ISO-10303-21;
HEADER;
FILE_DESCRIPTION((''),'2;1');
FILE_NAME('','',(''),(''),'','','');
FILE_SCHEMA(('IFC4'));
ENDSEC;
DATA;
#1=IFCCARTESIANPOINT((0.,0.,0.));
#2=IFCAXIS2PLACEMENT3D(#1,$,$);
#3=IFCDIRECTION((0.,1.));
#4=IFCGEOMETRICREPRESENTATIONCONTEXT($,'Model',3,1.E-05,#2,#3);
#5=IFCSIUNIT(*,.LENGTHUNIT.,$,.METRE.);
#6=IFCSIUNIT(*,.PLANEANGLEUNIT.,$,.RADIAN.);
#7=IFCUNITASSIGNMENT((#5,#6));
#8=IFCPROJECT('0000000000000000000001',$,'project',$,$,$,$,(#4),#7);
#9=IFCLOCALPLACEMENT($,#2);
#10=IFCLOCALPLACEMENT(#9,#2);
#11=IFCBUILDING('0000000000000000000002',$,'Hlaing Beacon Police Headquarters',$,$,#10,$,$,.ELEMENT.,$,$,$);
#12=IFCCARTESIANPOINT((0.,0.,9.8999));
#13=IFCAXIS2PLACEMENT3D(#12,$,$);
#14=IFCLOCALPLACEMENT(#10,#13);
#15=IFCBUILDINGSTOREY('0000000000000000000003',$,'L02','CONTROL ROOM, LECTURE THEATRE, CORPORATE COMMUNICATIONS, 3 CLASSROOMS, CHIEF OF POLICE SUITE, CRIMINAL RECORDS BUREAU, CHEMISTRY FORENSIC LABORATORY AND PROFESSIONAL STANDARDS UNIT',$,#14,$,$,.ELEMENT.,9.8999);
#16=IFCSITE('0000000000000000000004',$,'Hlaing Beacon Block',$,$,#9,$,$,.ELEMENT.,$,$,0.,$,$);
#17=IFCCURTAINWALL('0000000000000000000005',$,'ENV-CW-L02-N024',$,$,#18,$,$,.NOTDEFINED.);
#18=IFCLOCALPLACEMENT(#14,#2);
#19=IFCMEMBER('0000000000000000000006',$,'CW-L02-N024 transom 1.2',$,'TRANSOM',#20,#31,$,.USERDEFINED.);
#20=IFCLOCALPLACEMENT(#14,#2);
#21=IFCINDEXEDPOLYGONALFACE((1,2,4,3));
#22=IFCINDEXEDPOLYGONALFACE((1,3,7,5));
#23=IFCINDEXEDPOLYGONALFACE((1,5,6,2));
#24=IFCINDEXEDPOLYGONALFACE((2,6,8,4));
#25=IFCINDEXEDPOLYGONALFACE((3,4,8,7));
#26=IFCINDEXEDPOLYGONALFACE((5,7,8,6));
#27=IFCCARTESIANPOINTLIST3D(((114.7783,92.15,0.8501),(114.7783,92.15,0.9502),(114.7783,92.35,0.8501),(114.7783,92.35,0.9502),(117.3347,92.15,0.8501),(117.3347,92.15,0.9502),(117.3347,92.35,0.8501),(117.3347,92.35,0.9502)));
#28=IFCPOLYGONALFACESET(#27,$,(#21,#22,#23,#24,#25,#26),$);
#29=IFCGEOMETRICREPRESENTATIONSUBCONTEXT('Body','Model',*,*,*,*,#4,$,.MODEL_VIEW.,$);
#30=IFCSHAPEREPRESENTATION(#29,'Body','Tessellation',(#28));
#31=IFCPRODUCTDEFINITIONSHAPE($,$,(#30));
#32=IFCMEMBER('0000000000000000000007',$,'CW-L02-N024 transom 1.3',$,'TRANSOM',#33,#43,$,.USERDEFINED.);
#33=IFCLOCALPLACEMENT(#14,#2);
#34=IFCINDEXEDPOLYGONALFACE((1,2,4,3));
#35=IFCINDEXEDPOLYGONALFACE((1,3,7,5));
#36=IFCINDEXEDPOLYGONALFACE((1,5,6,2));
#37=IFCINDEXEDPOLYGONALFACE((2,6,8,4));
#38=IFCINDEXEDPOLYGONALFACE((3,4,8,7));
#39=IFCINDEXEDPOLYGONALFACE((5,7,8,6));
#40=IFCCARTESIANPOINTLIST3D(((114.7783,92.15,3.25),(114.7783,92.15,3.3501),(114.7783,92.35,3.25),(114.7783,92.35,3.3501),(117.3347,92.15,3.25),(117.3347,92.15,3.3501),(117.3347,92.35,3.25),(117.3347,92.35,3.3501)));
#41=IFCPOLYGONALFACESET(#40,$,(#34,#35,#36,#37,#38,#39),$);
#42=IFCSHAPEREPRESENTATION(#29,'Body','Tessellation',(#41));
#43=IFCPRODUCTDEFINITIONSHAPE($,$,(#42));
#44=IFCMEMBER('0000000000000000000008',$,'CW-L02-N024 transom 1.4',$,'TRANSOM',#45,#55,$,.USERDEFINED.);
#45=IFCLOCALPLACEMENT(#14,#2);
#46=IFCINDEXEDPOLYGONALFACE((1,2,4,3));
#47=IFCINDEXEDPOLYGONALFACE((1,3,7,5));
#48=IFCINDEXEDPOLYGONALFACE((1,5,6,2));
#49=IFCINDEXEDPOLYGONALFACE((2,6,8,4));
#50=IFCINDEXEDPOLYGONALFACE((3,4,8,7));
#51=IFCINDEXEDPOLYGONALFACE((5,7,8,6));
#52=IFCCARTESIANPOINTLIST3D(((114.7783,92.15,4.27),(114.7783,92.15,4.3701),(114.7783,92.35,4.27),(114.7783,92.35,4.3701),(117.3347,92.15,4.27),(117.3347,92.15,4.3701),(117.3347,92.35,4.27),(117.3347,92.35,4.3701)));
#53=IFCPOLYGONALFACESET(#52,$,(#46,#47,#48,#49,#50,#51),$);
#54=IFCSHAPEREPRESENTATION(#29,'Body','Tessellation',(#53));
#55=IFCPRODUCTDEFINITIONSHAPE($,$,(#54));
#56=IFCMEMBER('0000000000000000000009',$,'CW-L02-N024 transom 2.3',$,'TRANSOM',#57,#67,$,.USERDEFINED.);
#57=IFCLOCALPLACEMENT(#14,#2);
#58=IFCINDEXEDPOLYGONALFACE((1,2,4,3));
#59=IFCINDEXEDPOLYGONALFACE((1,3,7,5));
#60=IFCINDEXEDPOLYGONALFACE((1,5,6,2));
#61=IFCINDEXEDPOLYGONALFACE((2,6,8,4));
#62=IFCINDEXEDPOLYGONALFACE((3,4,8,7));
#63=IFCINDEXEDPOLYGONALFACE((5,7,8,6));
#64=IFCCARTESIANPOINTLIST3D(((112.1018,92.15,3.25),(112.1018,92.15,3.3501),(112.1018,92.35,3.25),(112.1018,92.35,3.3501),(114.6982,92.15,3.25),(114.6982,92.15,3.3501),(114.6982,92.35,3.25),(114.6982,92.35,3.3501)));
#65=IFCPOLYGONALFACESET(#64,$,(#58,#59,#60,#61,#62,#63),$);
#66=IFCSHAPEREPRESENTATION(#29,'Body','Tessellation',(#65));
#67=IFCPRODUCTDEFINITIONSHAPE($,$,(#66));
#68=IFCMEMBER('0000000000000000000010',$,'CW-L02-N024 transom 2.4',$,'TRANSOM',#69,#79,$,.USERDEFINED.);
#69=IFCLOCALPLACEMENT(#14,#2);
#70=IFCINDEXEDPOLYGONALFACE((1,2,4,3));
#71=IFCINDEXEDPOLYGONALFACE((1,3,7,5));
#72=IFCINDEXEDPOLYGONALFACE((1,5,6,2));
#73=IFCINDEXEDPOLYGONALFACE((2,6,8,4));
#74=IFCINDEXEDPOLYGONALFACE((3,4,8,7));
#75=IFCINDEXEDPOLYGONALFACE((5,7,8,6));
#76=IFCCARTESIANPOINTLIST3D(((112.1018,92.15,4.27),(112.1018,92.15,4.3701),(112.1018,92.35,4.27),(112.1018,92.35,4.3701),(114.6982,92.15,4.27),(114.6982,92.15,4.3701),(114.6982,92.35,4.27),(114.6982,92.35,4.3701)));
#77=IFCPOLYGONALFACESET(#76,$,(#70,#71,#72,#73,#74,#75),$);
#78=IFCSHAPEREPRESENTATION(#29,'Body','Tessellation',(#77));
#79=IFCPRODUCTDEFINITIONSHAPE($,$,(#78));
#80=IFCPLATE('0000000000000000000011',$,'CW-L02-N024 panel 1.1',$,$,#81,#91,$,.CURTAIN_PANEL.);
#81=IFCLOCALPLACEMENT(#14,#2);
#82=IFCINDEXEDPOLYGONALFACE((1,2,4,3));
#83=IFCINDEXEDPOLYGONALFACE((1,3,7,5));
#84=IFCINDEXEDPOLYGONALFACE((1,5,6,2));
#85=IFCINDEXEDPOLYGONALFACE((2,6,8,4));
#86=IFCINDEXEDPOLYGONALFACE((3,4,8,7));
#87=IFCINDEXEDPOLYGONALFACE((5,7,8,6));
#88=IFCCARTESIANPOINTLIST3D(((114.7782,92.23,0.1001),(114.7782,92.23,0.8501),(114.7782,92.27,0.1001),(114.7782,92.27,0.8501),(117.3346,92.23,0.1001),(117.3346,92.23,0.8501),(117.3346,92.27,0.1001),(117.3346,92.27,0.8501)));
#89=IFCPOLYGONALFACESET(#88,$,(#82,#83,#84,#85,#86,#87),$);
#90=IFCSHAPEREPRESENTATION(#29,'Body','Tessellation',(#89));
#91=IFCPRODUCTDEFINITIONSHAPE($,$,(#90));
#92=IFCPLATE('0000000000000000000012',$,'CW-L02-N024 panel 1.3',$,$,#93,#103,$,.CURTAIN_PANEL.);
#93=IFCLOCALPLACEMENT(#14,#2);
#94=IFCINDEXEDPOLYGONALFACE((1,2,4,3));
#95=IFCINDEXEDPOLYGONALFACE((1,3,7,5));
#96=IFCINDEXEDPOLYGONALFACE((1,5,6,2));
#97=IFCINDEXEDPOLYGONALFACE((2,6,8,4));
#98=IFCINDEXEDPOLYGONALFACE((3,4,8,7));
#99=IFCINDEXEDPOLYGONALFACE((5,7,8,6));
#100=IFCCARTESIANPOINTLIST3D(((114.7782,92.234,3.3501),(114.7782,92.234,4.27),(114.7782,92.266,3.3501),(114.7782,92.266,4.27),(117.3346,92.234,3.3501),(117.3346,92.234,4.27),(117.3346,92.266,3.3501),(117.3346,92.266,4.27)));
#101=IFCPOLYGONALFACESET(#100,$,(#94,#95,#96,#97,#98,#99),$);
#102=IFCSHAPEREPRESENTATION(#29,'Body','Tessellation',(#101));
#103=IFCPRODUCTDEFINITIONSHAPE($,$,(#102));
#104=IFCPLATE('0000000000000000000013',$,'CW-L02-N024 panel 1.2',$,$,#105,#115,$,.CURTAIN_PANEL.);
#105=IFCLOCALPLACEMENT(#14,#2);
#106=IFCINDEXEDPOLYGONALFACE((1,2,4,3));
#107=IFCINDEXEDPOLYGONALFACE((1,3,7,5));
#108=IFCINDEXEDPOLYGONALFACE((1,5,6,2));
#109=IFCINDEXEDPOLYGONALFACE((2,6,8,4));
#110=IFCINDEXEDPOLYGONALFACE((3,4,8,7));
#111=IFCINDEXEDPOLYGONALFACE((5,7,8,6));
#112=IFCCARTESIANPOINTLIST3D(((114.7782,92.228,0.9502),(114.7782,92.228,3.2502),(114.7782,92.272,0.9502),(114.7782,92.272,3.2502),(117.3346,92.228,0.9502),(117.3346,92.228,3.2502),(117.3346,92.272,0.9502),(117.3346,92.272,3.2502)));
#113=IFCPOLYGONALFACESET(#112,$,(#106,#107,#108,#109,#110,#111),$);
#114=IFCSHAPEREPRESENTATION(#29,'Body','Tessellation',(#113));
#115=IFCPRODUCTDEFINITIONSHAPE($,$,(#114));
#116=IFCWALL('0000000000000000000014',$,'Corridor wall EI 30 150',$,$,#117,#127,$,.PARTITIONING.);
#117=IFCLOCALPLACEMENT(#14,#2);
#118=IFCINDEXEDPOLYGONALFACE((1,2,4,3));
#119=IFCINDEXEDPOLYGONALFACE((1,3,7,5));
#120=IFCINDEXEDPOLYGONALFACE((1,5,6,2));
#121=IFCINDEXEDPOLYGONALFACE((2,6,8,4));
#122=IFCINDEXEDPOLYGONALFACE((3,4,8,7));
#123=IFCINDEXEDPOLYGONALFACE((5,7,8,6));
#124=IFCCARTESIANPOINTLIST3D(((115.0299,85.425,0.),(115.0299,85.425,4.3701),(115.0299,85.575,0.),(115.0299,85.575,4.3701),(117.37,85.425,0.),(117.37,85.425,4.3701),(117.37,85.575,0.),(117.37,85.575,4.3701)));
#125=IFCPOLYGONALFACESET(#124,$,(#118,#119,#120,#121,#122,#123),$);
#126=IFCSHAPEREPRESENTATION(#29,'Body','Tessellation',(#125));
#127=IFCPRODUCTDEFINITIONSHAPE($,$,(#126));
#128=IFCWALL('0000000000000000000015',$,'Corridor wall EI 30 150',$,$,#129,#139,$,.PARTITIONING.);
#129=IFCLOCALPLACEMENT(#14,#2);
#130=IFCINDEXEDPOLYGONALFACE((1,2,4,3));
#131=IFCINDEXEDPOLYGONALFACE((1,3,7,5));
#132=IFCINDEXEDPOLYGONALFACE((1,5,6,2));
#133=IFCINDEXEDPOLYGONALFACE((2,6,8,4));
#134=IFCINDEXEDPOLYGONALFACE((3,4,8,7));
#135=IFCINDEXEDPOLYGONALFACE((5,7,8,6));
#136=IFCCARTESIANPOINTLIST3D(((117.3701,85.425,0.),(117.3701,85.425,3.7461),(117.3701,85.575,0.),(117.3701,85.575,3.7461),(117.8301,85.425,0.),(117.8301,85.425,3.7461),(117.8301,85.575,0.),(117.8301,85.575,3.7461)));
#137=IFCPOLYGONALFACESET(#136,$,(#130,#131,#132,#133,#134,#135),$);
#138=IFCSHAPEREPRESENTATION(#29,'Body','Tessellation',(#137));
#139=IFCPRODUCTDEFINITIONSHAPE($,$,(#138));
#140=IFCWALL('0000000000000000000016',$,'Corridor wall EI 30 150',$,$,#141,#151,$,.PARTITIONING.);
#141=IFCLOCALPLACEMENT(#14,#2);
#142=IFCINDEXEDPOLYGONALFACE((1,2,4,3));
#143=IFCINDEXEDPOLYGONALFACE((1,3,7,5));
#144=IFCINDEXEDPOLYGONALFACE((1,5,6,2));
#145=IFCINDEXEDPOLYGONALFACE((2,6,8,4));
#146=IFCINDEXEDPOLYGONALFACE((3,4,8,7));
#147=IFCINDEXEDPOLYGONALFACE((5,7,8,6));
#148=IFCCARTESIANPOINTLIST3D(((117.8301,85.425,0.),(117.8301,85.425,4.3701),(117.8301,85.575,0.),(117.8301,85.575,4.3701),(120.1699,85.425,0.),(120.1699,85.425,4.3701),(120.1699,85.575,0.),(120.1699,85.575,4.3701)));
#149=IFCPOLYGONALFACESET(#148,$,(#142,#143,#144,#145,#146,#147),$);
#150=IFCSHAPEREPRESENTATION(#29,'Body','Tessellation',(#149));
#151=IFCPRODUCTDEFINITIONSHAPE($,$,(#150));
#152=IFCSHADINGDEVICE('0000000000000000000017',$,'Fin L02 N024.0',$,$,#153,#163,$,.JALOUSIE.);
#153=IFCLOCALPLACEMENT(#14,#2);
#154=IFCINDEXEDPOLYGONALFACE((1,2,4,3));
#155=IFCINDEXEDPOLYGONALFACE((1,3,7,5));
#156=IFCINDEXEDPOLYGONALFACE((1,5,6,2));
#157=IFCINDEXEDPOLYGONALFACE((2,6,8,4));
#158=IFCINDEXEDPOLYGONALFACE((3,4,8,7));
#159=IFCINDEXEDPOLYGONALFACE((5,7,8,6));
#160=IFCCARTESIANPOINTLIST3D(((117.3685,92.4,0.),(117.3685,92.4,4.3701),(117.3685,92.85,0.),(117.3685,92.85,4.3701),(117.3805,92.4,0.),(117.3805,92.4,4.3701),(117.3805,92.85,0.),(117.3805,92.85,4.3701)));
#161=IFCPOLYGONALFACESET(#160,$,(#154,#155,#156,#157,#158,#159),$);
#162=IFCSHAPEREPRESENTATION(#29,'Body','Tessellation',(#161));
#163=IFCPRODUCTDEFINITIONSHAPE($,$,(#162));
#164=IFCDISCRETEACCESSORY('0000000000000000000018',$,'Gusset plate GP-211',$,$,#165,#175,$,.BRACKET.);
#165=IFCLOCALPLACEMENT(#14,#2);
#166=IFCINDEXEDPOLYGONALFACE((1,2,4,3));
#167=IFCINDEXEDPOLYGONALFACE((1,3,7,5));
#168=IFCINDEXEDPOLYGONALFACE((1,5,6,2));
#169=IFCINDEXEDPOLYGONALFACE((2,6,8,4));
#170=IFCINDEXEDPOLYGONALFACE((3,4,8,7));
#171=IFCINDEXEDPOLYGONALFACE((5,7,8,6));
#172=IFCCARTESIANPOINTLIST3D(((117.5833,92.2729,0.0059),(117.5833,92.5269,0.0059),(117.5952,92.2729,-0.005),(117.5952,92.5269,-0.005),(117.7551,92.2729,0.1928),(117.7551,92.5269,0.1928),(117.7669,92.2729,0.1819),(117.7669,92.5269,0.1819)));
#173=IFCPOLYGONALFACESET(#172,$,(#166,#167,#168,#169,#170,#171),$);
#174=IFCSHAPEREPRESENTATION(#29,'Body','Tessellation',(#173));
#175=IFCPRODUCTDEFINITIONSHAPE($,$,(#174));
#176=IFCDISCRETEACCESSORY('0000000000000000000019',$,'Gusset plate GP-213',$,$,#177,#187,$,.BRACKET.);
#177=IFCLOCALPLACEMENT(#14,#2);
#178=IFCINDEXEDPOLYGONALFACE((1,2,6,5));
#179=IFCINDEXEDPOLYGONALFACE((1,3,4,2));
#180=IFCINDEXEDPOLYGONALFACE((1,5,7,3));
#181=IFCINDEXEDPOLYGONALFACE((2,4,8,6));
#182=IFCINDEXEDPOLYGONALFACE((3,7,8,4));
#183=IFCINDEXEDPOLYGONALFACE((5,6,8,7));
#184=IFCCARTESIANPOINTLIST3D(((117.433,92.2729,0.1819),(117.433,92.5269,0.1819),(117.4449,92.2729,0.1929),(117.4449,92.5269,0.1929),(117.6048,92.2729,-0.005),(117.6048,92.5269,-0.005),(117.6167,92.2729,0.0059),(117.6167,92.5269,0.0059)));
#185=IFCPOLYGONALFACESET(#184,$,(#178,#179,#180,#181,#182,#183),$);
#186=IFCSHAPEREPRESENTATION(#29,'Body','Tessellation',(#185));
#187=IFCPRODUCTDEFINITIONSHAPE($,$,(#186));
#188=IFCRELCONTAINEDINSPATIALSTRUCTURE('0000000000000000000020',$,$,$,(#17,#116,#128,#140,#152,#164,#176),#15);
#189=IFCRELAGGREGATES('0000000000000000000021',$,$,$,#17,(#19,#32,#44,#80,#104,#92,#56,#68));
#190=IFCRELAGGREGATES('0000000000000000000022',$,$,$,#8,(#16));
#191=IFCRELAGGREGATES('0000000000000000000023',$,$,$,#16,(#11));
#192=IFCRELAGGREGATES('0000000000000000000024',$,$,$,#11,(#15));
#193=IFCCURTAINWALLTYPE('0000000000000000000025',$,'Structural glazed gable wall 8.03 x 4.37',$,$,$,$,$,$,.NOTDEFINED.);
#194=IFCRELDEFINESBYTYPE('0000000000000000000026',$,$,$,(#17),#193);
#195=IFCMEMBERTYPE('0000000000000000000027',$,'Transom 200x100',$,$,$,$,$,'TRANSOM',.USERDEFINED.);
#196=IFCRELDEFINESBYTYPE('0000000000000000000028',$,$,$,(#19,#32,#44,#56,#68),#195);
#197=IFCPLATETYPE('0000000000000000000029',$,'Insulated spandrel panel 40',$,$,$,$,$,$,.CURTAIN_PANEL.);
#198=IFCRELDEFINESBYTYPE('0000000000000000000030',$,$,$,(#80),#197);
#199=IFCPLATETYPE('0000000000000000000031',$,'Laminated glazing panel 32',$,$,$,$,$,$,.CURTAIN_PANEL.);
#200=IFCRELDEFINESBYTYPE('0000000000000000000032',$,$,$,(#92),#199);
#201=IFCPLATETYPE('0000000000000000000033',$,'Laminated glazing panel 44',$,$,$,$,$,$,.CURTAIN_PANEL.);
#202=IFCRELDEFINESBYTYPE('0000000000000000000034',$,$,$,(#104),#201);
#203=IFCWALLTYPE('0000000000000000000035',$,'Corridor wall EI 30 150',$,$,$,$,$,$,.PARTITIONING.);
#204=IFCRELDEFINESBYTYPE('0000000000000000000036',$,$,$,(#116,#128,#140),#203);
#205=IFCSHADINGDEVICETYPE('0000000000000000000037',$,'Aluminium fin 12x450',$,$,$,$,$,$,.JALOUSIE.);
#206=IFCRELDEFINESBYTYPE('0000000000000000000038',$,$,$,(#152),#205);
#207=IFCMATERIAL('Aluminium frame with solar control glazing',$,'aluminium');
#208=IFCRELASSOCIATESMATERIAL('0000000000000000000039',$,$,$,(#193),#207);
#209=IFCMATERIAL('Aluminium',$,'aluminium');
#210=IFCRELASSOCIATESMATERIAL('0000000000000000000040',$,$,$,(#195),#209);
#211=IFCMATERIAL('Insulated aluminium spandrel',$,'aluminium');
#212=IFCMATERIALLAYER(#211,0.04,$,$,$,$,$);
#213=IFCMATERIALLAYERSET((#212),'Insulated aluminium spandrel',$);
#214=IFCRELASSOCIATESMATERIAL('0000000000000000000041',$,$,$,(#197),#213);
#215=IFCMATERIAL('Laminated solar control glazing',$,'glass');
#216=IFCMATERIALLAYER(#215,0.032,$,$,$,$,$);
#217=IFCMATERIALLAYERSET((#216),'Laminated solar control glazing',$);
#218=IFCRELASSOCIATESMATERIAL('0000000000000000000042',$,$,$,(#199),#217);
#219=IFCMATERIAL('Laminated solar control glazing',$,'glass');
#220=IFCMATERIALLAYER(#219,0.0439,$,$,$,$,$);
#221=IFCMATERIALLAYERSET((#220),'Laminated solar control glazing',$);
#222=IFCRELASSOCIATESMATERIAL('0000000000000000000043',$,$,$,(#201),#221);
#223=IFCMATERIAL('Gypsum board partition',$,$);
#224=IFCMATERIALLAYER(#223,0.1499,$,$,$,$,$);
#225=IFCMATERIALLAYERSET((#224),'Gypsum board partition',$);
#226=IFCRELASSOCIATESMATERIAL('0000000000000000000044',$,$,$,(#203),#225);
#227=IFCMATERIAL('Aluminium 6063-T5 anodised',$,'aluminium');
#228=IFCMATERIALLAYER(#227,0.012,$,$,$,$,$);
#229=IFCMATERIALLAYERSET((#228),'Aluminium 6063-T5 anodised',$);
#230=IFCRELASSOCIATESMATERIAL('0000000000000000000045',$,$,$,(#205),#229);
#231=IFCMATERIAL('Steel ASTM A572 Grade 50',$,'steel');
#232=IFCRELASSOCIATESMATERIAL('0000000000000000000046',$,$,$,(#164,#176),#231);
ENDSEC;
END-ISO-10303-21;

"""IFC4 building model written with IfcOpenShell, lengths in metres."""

from ifc_helpers import new_model, si_unit, direction, frame, frame_2d, origin, origin_2d, place, context, subcontext, project, spatial, rectangle, extrude, material, layer, layer_set, material_profile, profile_set, type_object, element, aggregate, save


model = new_model("IFC4")

# Units and contexts
model_context = context("Model", 3, precision=1e-05, world=origin(), true_north=direction((0.0, 1.0)))
body_context = subcontext(model_context, "Body", "Model", "MODEL_VIEW")
ifc_project = project(units=[si_unit("LENGTHUNIT", "METRE"), si_unit("PLANEANGLEUNIT", "RADIAN")], contexts=[model_context])

# Site, building, storey
site_placement = place(None, origin())
site = spatial("IfcSite", under=ifc_project, at=site_placement, Name="Hlaing Beacon Block", CompositionType="ELEMENT", RefElevation=0.0)
building_placement = place(site_placement, origin())
building = spatial("IfcBuilding", under=site, at=building_placement, Name="Hlaing Beacon Police Headquarters", CompositionType="ELEMENT")
storey_placement = place(building_placement, frame((0.0, 0.0, 9.8999)))
storey = spatial("IfcBuildingStorey", under=building, at=storey_placement, Name="L02", Description="CONTROL ROOM, LECTURE THEATRE, CORPORATE COMMUNICATIONS, 3 CLASSROOMS, CHIEF OF POLICE SUITE, CRIMINAL RECORDS BUREAU, CHEMISTRY FORENSIC LABORATORY AND PROFESSIONAL STANDARDS UNIT", CompositionType="ELEMENT", Elevation=9.8999)

# Shared definitions
ifc_material_1 = material(Name="Aluminium frame with solar control glazing", Category="aluminium")
curtain_wall_type = type_object("IfcCurtainWallType", Name="Structural glazed gable wall 8.03 x 4.37", PredefinedType="NOTDEFINED", material=ifc_material_1)

# Curtain wall, members, plates
curtain_wall_1_placement = place(storey_placement, origin())
curtain_wall_1 = element("IfcCurtainWall", 1, at=curtain_wall_1_placement, inside=storey, type_object=curtain_wall_type, Name="ENV-CW-L02-N024", PredefinedType="NOTDEFINED")
ifc_material_2 = material(Name="Aluminium", Category="aluminium")
ifc_material_profile_1 = material_profile(ifc_material_2, rectangle(XDim=0.2, YDim=0.1001, at=origin_2d()), Name="Transom 200x100")
ifc_profile_set_1 = profile_set([ifc_material_profile_1], Name="Aluminium")
member_type_1 = type_object("IfcMemberType", Name="Transom 200x100", ElementType="TRANSOM", PredefinedType="USERDEFINED", material=ifc_profile_set_1)
member_1_placement = place(storey_placement, frame((117.3347, 92.25, 0.9001), z_axis=(-1.0, 0.0, 0.0), x_axis=(0.0, -1.0, 0.0)))
member_1 = element("IfcMember", 2, at=member_1_placement, type_object=member_type_1, Name="CW-L02-N024 transom 1.2", ObjectType="TRANSOM", PredefinedType="USERDEFINED", context=body_context, shape_type="SweptSolid", body=[
    extrude(rectangle(XDim=0.2, YDim=0.1001, at=origin_2d()), origin(), (0.0, 0.0, 1.0), 2.5564),
])
member_2_placement = place(storey_placement, frame((117.3347, 92.25, 3.3), z_axis=(-1.0, 0.0, 0.0), x_axis=(0.0, -1.0, 0.0)))
member_2 = element("IfcMember", 3, at=member_2_placement, type_object=member_type_1, Name="CW-L02-N024 transom 1.3", ObjectType="TRANSOM", PredefinedType="USERDEFINED", context=body_context, shape_type="SweptSolid", body=[
    extrude(rectangle(XDim=0.2, YDim=0.1001, at=origin_2d()), origin(), (0.0, 0.0, 1.0), 2.5564),
])
member_3_placement = place(storey_placement, frame((117.3347, 92.25, 4.3201), z_axis=(-1.0, 0.0, 0.0), x_axis=(0.0, -1.0, 0.0)))
member_3 = element("IfcMember", 4, at=member_3_placement, type_object=member_type_1, Name="CW-L02-N024 transom 1.4", ObjectType="TRANSOM", PredefinedType="USERDEFINED", context=body_context, shape_type="SweptSolid", body=[
    extrude(rectangle(XDim=0.2, YDim=0.1001, at=origin_2d()), origin(), (0.0, 0.0, 1.0), 2.5564),
])
member_4_placement = place(storey_placement, frame((114.6982, 92.25, 3.3), z_axis=(-1.0, 0.0, 0.0), x_axis=(0.0, -1.0, 0.0)))
member_4 = element("IfcMember", 5, at=member_4_placement, type_object=member_type_1, Name="CW-L02-N024 transom 2.3", ObjectType="TRANSOM", PredefinedType="USERDEFINED", context=body_context, shape_type="SweptSolid", body=[
    extrude(rectangle(XDim=0.2, YDim=0.1001, at=origin_2d()), origin(), (0.0, 0.0, 1.0), 2.5964),
])
member_5_placement = place(storey_placement, frame((114.6982, 92.25, 4.3201), z_axis=(-1.0, 0.0, 0.0), x_axis=(0.0, -1.0, 0.0)))
member_5 = element("IfcMember", 6, at=member_5_placement, type_object=member_type_1, Name="CW-L02-N024 transom 2.4", ObjectType="TRANSOM", PredefinedType="USERDEFINED", context=body_context, shape_type="SweptSolid", body=[
    extrude(rectangle(XDim=0.2, YDim=0.1001, at=origin_2d()), origin(), (0.0, 0.0, 1.0), 2.5964),
])
ifc_material_3 = material(Name="Insulated aluminium spandrel", Category="aluminium")
ifc_layer_1 = layer(ifc_material_3, 0.04)
ifc_layer_set_1 = layer_set([ifc_layer_1], Name="Insulated aluminium spandrel")
plate_type_1 = type_object("IfcPlateType", Name="Insulated spandrel panel 40", PredefinedType="CURTAIN_PANEL", material=ifc_layer_set_1)
plate_1_placement = place(storey_placement, frame((116.0564, 92.25, 0.1001), z_axis=(0.0, 0.0, 1.0), x_axis=(-1.0, 0.0, 0.0)))
plate_1 = element("IfcPlate", 7, at=plate_1_placement, type_object=plate_type_1, Name="CW-L02-N024 panel 1.1", PredefinedType="CURTAIN_PANEL", context=body_context, shape_type="SweptSolid", body=[
    extrude(rectangle(XDim=2.5564, YDim=0.04, at=origin_2d()), origin(), (0.0, 0.0, 1.0), 0.75),
])
ifc_material_4 = material(Name="Laminated solar control glazing", Category="glass")
ifc_layer_2 = layer(ifc_material_4, 0.032)
ifc_layer_set_2 = layer_set([ifc_layer_2], Name="Laminated solar control glazing")
plate_type_2 = type_object("IfcPlateType", Name="Laminated glazing panel 32", PredefinedType="CURTAIN_PANEL", material=ifc_layer_set_2)
plate_2_placement = place(storey_placement, frame((116.0564, 92.25, 3.3501), z_axis=(0.0, 0.0, 1.0), x_axis=(-1.0, 0.0, 0.0)))
plate_2 = element("IfcPlate", 8, at=plate_2_placement, type_object=plate_type_2, Name="CW-L02-N024 panel 1.3", PredefinedType="CURTAIN_PANEL", context=body_context, shape_type="SweptSolid", body=[
    extrude(rectangle(XDim=2.5564, YDim=0.032, at=origin_2d()), origin(), (0.0, 0.0, 1.0), 0.9199),
])
ifc_material_5 = material(Name="Laminated solar control glazing", Category="glass")
ifc_layer_3 = layer(ifc_material_5, 0.0439)
ifc_layer_set_3 = layer_set([ifc_layer_3], Name="Laminated solar control glazing")
plate_type_3 = type_object("IfcPlateType", Name="Laminated glazing panel 44", PredefinedType="CURTAIN_PANEL", material=ifc_layer_set_3)
plate_3_placement = place(storey_placement, frame((116.0564, 92.25, 0.9502), z_axis=(0.0, 0.0, 1.0), x_axis=(-1.0, 0.0, 0.0)))
plate_3 = element("IfcPlate", 9, at=plate_3_placement, type_object=plate_type_3, Name="CW-L02-N024 panel 1.2", PredefinedType="CURTAIN_PANEL", context=body_context, shape_type="SweptSolid", body=[
    extrude(rectangle(XDim=2.5564, YDim=0.0439, at=origin_2d()), origin(), (0.0, 0.0, 1.0), 2.3),
])
aggregate(curtain_wall_1, [member_1, member_2, member_3, plate_1, plate_3, plate_2, member_4, member_5])

# Walls
ifc_material_6 = material(Name="Gypsum board partition")
ifc_layer_4 = layer(ifc_material_6, 0.1499)
ifc_layer_set_4 = layer_set([ifc_layer_4], Name="Gypsum board partition")
wall_type = type_object("IfcWallType", Name="Corridor wall EI 30 150", PredefinedType="PARTITIONING", material=ifc_layer_set_4)
wall_1_placement = place(storey_placement, frame((115.03, 85.5, 0.0), z_axis=(0.0, 0.0, 1.0), x_axis=(1.0, 0.0, 0.0)))
element("IfcWall", 10, at=wall_1_placement, inside=storey, type_object=wall_type, Name="Corridor wall EI 30 150", PredefinedType="PARTITIONING", context=body_context, shape_type="SweptSolid", body=[
    extrude(rectangle(XDim=2.3401, YDim=0.1499, at=frame_2d((1.1699, 0.0))), origin(), (0.0, 0.0, 1.0), 4.3701),
])
wall_2_placement = place(storey_placement, frame((117.3701, 85.5, 0.0), z_axis=(0.0, 0.0, 1.0), x_axis=(1.0, 0.0, 0.0)))
element("IfcWall", 11, at=wall_2_placement, inside=storey, type_object=wall_type, Name="Corridor wall EI 30 150", PredefinedType="PARTITIONING", context=body_context, shape_type="SweptSolid", body=[
    extrude(rectangle(XDim=0.46, YDim=0.1499, at=frame_2d((0.23, 0.0))), origin(), (0.0, 0.0, 1.0), 3.7461),
])
wall_3_placement = place(storey_placement, frame((117.8301, 85.5, 0.0), z_axis=(0.0, 0.0, 1.0), x_axis=(1.0, 0.0, 0.0)))
element("IfcWall", 12, at=wall_3_placement, inside=storey, type_object=wall_type, Name="Corridor wall EI 30 150", PredefinedType="PARTITIONING", context=body_context, shape_type="SweptSolid", body=[
    extrude(rectangle(XDim=2.3398, YDim=0.1499, at=frame_2d((1.1699, 0.0))), origin(), (0.0, 0.0, 1.0), 4.3701),
])

# Shading device
ifc_material_7 = material(Name="Aluminium 6063-T5 anodised", Category="aluminium")
ifc_layer_5 = layer(ifc_material_7, 0.012)
ifc_layer_set_5 = layer_set([ifc_layer_5], Name="Aluminium 6063-T5 anodised")
shading_device_type = type_object("IfcShadingDeviceType", Name="Aluminium fin 12x450", PredefinedType="JALOUSIE", material=ifc_layer_set_5)
shading_device_placement = place(storey_placement, frame((117.3745, 92.625, 0.0), z_axis=(0.0, 0.0, 1.0), x_axis=(-1.0, 0.0, 0.0)))
element("IfcShadingDevice", 13, at=shading_device_placement, inside=storey, type_object=shading_device_type, Name="Fin L02 N024.0", PredefinedType="JALOUSIE", context=body_context, shape_type="SweptSolid", body=[
    extrude(rectangle(XDim=0.012, YDim=0.45, at=origin_2d()), origin(), (0.0, 0.0, 1.0), 4.3701),
])

# Discrete accessories
ifc_material_8 = material(Name="Steel ASTM A572 Grade 50", Category="steel")
for number, where, z_axis, x_axis, name in (
    (14, (117.6692, 92.3999, 0.0994), (0.736364, 0.0, -0.676585), (0.0, 1.0, 0.0), "Gusset plate GP-211"),
    (15, (117.5308, 92.3999, 0.0994), (-0.736385, 0.0, -0.676563), (0.0, -1.0, 0.0), "Gusset plate GP-213"),
):
    element("IfcDiscreteAccessory", number, at=place(storey_placement, frame(where, z_axis=z_axis, x_axis=x_axis)), inside=storey, material=ifc_material_8, Name=name, PredefinedType="BRACKET", context=body_context, shape_type="SweptSolid", body=[
        extrude(rectangle(XDim=0.2539, YDim=0.2539, at=origin_2d()), origin(), (0.0, 0.0, 1.0), 0.0161),
    ])

save(model, "model.ifc")
